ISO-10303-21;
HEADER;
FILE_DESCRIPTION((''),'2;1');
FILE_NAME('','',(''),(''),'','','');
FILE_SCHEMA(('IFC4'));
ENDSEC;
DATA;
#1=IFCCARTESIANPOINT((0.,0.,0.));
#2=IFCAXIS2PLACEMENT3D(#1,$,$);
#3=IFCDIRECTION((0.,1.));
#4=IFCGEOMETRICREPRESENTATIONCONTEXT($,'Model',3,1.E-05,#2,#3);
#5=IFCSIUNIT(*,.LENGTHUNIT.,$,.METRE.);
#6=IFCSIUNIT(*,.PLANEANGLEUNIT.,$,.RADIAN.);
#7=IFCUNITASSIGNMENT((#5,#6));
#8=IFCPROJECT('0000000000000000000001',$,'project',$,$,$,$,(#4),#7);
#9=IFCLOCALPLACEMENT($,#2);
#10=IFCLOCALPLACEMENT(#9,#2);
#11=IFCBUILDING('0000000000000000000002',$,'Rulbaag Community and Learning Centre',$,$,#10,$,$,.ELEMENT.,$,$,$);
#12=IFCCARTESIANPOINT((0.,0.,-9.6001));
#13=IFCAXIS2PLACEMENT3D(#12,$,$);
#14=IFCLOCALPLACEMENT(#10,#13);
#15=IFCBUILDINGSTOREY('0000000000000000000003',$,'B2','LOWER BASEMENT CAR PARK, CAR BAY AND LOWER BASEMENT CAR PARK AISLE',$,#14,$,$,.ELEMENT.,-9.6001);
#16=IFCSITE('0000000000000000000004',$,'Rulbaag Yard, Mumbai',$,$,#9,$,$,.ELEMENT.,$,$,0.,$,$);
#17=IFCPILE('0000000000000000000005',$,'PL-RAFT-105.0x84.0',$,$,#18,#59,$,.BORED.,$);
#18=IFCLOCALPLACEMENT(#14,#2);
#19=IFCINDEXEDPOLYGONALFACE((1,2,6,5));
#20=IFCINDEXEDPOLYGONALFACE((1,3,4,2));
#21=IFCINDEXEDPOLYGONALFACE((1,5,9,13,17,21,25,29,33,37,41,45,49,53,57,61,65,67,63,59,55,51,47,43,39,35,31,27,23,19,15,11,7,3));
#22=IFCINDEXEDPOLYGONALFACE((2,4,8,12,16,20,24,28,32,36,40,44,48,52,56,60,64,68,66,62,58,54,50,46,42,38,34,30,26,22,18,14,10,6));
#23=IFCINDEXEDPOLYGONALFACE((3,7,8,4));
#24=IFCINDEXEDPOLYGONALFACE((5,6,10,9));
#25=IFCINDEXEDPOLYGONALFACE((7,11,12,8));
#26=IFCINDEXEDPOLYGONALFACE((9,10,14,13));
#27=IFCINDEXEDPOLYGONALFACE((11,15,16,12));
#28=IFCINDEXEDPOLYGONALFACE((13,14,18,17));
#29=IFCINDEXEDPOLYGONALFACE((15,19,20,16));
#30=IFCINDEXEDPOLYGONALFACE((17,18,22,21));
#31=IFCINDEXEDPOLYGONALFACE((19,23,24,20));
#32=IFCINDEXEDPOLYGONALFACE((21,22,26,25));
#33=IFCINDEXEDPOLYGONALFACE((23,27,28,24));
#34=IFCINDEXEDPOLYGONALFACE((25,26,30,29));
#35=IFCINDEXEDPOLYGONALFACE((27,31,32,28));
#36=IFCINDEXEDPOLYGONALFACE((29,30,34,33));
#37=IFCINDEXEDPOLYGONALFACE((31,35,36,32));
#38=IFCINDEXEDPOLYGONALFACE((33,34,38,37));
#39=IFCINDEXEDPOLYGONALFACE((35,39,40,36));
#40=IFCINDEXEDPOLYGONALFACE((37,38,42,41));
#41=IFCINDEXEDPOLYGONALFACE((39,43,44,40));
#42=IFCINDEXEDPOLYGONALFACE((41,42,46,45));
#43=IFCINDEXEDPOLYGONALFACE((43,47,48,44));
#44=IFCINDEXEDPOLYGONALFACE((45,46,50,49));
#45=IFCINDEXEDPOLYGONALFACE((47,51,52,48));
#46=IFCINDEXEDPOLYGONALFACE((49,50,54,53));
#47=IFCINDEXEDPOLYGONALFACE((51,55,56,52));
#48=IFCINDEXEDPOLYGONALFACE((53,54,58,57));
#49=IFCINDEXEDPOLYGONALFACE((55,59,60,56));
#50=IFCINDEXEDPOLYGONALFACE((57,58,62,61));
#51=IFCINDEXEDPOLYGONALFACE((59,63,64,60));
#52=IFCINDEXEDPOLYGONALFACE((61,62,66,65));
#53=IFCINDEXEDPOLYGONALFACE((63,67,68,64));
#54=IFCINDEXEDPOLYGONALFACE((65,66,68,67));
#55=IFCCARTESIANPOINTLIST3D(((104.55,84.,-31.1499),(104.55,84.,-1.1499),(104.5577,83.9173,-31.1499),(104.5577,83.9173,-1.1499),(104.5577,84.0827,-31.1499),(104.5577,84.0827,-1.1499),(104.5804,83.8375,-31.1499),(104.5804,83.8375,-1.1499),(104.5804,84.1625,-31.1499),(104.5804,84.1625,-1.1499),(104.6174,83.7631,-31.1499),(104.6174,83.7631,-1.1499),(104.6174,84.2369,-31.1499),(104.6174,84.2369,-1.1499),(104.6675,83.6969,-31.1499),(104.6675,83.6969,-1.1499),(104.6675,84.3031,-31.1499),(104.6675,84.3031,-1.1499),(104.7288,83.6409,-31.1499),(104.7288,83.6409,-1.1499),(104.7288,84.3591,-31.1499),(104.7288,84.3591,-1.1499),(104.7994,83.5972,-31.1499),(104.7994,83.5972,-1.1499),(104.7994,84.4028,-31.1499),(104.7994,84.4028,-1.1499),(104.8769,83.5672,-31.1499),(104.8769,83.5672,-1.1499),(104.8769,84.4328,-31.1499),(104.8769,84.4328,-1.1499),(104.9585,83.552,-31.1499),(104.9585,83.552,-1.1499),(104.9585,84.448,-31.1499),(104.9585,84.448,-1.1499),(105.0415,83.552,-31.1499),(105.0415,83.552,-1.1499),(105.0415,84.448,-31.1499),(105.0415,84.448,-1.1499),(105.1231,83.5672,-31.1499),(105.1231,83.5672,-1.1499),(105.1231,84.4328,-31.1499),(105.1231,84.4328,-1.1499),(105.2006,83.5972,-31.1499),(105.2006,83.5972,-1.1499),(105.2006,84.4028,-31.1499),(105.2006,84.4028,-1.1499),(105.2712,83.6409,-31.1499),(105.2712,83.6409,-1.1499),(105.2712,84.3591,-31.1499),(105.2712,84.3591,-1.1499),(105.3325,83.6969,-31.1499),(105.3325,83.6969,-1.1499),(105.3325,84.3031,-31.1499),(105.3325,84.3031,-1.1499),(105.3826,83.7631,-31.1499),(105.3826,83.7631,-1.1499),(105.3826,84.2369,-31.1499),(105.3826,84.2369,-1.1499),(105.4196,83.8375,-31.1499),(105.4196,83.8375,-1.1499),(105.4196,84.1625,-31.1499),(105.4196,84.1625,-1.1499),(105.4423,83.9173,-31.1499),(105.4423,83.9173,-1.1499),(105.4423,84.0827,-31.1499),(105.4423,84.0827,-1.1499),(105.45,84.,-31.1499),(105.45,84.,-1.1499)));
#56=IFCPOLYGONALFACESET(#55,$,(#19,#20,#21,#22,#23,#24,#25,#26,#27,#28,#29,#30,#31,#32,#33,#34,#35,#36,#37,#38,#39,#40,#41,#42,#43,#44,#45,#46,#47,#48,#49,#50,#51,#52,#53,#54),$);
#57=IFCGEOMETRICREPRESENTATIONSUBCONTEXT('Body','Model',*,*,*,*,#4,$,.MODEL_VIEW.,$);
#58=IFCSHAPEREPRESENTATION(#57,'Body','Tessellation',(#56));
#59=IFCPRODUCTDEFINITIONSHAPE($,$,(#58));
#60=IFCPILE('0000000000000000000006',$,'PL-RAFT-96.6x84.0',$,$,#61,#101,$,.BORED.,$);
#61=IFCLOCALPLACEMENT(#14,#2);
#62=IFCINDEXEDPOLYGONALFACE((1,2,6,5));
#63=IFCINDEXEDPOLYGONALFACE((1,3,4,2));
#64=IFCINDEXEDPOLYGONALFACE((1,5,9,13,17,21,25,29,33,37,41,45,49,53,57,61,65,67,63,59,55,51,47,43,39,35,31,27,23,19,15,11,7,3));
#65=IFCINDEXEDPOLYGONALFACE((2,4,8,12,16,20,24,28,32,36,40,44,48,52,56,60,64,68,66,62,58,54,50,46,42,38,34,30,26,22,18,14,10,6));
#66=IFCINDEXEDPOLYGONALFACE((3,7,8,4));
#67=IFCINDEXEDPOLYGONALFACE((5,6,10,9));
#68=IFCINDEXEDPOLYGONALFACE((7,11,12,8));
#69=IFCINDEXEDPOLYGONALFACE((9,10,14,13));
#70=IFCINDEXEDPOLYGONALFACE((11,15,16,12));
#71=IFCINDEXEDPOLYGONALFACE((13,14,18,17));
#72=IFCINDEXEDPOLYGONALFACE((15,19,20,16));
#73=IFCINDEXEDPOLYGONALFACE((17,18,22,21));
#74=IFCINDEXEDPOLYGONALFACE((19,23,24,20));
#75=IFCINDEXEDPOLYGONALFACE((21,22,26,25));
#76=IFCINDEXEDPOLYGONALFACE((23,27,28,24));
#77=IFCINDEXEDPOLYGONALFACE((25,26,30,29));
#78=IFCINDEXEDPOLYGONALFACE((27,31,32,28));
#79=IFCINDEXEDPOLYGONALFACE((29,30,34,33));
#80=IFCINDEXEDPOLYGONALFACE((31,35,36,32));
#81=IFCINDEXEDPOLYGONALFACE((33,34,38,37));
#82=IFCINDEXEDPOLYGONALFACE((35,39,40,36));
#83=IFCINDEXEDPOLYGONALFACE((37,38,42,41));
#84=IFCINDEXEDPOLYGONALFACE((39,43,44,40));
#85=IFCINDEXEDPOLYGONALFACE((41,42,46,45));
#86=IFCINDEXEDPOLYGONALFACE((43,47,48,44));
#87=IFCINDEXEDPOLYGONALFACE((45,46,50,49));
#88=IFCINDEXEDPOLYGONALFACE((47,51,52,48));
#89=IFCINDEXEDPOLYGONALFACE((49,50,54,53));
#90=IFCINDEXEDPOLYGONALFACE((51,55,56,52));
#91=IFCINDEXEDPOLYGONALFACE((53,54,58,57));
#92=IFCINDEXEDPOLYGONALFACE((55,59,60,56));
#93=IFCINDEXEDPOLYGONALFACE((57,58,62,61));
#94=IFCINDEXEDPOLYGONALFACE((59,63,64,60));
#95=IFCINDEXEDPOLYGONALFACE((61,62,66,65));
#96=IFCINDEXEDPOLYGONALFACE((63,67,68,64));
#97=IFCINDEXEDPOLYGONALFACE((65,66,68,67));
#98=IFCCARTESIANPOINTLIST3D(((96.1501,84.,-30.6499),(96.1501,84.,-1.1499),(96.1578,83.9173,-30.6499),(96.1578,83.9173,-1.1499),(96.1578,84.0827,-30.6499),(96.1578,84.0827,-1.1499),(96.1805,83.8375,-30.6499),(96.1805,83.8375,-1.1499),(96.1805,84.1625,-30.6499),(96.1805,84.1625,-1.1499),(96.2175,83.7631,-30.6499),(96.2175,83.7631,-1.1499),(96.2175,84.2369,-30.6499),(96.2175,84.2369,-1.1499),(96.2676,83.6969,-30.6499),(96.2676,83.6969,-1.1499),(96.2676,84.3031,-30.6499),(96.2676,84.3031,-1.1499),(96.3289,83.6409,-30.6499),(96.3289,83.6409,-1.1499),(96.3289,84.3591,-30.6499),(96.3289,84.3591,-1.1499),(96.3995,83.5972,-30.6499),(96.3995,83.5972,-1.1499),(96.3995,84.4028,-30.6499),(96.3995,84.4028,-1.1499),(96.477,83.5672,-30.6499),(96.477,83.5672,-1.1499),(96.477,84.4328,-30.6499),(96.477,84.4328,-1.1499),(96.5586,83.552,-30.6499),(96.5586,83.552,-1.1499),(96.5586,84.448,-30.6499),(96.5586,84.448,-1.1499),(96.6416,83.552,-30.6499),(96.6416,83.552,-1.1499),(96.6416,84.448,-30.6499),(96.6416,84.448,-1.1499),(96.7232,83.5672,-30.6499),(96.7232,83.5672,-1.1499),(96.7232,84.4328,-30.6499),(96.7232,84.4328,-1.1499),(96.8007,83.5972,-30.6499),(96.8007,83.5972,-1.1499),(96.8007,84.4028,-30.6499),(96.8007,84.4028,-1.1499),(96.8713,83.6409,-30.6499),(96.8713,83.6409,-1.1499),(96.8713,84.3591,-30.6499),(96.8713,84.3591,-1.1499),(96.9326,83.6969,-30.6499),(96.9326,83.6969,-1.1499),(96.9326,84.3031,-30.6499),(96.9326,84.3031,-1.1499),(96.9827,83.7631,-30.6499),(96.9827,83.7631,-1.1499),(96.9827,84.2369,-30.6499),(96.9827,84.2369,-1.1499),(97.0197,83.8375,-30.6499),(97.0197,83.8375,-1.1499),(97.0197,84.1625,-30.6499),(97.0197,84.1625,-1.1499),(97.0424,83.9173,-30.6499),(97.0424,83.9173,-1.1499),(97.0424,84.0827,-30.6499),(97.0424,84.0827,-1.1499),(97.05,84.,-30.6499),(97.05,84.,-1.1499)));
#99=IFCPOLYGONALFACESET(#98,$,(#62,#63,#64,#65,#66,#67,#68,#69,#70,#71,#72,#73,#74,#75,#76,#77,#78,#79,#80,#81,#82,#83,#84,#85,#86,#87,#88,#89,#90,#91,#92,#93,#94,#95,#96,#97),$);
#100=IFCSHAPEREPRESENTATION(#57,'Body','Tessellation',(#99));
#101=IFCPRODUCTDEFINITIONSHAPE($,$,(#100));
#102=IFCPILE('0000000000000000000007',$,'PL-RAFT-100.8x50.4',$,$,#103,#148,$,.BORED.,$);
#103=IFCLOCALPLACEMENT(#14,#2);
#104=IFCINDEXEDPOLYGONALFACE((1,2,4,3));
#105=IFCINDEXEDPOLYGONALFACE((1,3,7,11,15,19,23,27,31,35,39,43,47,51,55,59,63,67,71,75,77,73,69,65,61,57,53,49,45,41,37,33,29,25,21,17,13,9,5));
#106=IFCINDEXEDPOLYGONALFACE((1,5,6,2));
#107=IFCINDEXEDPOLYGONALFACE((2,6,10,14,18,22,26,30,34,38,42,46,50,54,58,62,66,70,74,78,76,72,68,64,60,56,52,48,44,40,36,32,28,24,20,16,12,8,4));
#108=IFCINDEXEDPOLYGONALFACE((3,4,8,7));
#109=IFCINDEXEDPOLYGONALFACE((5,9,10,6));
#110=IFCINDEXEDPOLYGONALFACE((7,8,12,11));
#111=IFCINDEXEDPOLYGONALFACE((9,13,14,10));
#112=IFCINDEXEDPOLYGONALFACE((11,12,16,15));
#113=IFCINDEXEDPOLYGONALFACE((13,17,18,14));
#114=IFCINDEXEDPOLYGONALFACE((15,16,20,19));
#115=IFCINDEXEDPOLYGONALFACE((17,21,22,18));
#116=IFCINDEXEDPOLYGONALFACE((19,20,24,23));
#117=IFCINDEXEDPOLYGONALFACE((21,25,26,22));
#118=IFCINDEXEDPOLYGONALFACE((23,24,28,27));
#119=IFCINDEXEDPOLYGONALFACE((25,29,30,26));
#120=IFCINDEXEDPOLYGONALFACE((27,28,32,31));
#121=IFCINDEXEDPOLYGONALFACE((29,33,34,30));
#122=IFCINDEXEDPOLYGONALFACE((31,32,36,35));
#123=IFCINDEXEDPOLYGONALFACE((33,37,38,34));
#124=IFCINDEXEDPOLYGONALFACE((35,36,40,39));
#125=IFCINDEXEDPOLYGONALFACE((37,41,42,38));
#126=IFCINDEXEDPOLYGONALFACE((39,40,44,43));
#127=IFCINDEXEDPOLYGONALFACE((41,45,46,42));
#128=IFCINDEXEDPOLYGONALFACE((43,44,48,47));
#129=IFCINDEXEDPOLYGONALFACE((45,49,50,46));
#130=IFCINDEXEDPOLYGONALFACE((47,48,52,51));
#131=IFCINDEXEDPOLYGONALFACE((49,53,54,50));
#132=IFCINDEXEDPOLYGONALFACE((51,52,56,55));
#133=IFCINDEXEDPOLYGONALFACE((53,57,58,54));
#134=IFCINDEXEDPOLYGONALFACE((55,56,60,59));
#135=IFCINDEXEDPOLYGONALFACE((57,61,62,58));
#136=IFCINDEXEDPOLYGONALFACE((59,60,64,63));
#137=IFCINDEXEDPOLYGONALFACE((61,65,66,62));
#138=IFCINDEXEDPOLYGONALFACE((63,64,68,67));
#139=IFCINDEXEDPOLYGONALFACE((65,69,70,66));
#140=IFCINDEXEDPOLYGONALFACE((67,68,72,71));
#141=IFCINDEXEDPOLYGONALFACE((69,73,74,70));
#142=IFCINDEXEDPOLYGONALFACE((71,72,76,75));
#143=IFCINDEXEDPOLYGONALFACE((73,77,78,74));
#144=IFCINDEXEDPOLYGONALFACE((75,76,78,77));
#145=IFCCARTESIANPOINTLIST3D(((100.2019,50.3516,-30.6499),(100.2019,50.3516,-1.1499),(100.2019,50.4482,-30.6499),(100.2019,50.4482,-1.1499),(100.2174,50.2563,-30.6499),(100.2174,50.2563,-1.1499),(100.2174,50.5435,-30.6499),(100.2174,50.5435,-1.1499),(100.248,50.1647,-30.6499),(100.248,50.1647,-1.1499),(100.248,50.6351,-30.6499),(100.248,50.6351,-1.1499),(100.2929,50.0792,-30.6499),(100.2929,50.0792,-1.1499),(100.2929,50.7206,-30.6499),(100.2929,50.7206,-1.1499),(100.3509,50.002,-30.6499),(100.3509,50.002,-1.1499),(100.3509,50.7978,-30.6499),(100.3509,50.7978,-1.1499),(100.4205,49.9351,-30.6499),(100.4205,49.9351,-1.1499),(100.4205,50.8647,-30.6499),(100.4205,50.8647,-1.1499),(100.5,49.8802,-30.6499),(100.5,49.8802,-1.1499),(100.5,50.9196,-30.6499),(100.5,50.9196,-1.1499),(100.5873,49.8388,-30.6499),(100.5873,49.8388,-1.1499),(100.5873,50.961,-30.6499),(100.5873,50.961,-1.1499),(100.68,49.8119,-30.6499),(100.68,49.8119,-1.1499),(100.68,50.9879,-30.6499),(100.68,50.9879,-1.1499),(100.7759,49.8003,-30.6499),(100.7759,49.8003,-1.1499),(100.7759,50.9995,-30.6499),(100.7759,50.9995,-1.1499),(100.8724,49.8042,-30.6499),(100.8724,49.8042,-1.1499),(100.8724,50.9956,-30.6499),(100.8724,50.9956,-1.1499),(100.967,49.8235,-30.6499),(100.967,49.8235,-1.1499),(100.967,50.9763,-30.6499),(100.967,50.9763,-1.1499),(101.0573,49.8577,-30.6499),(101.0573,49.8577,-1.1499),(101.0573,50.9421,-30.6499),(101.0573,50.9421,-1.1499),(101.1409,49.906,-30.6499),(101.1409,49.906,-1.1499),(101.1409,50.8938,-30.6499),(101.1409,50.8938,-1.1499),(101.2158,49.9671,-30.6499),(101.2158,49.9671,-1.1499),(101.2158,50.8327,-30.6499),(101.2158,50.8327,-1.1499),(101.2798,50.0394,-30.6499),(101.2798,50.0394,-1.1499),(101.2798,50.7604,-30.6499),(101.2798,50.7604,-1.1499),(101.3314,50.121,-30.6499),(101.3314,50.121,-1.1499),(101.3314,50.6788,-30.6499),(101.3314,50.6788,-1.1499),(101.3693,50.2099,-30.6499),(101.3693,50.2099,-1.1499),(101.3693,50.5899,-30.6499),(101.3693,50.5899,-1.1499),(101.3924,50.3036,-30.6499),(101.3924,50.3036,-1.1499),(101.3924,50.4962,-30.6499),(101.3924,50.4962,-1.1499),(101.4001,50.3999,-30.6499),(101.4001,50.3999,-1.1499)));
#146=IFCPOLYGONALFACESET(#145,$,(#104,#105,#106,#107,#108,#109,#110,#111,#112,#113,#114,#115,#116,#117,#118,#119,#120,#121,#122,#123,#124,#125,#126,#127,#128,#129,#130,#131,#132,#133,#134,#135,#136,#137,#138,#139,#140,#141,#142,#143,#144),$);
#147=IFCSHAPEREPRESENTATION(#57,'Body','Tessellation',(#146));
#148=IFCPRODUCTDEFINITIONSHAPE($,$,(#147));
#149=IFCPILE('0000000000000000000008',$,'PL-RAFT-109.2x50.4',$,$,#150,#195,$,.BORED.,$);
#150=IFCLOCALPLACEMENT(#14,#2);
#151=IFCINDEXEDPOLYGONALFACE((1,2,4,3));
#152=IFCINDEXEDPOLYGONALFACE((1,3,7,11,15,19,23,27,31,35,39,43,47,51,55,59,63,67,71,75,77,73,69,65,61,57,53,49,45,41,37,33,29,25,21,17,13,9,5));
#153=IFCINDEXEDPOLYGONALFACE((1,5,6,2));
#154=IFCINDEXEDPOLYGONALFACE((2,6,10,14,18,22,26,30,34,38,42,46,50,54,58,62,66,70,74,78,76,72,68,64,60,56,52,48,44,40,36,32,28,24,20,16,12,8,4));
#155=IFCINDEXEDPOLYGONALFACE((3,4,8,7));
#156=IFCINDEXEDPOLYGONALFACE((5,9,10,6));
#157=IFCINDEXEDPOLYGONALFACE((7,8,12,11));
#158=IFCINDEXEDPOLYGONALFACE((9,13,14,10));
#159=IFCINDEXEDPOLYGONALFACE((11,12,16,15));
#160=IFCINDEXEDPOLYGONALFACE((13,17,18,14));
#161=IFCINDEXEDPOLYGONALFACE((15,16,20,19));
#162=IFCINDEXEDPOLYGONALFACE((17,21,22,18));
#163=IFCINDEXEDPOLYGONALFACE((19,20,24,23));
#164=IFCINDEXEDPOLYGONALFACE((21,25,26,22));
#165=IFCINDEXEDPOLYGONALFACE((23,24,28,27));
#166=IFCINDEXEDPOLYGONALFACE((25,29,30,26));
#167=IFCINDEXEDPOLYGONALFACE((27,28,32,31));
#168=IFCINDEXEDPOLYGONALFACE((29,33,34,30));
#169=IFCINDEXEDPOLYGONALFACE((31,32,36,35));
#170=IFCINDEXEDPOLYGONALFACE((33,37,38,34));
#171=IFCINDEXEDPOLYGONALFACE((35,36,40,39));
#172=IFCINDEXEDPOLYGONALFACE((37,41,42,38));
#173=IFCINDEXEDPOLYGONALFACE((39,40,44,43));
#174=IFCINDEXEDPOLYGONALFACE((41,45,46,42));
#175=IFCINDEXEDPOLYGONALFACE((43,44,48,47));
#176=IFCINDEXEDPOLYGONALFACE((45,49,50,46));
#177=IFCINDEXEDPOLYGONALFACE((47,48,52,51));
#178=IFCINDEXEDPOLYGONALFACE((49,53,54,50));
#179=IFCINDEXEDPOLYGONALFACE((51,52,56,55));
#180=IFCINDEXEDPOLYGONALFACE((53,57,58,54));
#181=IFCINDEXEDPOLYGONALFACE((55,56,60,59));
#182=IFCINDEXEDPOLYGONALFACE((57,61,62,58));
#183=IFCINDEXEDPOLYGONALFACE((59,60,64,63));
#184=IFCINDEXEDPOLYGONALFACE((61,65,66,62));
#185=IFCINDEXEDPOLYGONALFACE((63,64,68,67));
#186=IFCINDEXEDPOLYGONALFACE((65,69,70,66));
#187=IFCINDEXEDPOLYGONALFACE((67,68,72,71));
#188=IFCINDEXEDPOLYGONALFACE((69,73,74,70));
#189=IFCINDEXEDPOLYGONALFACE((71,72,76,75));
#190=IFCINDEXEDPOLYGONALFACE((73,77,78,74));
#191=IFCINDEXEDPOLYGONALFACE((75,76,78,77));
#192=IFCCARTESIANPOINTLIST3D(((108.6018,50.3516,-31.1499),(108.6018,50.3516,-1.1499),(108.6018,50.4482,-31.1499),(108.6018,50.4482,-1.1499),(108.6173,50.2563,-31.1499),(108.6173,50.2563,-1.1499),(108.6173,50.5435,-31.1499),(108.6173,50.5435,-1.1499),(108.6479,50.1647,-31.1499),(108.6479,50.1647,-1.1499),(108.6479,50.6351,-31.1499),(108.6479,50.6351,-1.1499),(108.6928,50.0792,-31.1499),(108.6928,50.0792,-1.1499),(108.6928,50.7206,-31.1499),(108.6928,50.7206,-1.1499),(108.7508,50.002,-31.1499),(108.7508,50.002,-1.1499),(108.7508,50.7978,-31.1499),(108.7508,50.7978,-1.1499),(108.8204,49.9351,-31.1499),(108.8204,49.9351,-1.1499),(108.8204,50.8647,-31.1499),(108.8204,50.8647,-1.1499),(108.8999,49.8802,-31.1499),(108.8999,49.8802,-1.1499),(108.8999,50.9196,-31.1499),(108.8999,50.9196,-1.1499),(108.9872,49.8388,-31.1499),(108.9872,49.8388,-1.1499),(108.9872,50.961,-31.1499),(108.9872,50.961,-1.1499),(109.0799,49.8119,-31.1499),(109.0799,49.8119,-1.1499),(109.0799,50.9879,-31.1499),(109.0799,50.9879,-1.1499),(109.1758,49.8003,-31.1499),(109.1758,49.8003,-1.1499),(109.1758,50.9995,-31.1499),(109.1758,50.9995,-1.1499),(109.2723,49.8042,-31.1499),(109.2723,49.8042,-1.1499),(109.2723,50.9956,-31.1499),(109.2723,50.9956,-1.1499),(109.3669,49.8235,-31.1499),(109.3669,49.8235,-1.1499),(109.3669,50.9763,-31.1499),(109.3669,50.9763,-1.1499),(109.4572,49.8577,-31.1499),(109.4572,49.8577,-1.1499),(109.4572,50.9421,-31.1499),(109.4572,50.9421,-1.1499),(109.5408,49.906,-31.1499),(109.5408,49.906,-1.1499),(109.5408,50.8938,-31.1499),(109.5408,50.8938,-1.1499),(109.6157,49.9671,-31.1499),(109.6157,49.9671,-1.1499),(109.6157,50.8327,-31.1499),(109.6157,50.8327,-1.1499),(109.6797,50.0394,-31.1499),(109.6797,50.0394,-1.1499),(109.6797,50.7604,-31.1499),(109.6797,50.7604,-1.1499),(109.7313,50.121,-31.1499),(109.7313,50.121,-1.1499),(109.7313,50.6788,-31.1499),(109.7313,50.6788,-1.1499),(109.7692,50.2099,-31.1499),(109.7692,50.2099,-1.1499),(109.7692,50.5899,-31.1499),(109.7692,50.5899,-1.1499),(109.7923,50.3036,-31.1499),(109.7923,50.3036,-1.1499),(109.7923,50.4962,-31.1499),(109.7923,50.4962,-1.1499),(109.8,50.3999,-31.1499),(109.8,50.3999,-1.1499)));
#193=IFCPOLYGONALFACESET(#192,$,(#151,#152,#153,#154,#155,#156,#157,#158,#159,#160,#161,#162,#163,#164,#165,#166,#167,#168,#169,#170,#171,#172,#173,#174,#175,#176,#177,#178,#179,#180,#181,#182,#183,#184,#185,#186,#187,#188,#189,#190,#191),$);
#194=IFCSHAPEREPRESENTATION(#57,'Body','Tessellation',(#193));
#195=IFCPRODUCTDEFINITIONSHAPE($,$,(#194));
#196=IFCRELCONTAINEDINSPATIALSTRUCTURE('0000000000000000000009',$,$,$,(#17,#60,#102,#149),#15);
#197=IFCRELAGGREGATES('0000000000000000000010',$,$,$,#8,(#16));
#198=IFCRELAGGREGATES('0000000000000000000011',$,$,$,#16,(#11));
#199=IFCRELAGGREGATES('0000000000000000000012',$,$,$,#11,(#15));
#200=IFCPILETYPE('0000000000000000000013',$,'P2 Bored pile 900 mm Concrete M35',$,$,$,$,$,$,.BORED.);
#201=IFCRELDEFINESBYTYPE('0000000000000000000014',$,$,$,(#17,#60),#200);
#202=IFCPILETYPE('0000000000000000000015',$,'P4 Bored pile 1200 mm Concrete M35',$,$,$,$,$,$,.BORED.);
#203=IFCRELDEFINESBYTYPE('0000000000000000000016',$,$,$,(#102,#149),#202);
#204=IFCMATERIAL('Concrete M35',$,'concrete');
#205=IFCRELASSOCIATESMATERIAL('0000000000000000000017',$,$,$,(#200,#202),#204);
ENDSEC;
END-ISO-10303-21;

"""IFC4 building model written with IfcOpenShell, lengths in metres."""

from ifc_helpers import new_model, si_unit, direction, frame, origin, origin_2d, place, context, subcontext, project, spatial, circle, extrude, material, material_profile, profile_set, type_object, element, save


model = new_model("IFC4")

# Units and contexts
model_context = context("Model", 3, precision=1e-05, world=origin(), true_north=direction((0.0, 1.0)))
body_context = subcontext(model_context, "Body", "Model", "MODEL_VIEW")
ifc_project = project(units=[si_unit("LENGTHUNIT", "METRE"), si_unit("PLANEANGLEUNIT", "RADIAN")], contexts=[model_context])

# Site, building, storey
site_placement = place(None, origin())
site = spatial("IfcSite", under=ifc_project, at=site_placement, Name="Rulbaag Yard, Mumbai", CompositionType="ELEMENT", RefElevation=0.0)
building_placement = place(site_placement, origin())
building = spatial("IfcBuilding", under=site, at=building_placement, Name="Rulbaag Community and Learning Centre", CompositionType="ELEMENT")
storey_placement = place(building_placement, frame((0.0, 0.0, -9.6001)))
storey = spatial("IfcBuildingStorey", under=building, at=storey_placement, Name="B2", Description="LOWER BASEMENT CAR PARK, CAR BAY AND LOWER BASEMENT CAR PARK AISLE", CompositionType="ELEMENT", Elevation=-9.6001)

# Piles
ifc_material_1 = material(Name="Concrete M35", Category="concrete")
ifc_material_profile_1 = material_profile(ifc_material_1, circle(Radius=0.45, at=origin_2d()), Name="BP900")
ifc_profile_set_1 = profile_set([ifc_material_profile_1], Name="Concrete M35")
pile_type_1 = type_object("IfcPileType", Name="P2 Bored pile 900 mm Concrete M35", PredefinedType="BORED", material=ifc_profile_set_1)
for number, where, z_axis, x_axis, name in (
    (1, (105.0, 84.0, -1.1499), (0.0, 0.0, -1.0), (1.0, 0.0, 0.0), "PL-RAFT-105.0x84.0"),
):
    element("IfcPile", number, at=place(storey_placement, frame(where, z_axis=z_axis, x_axis=x_axis)), inside=storey, type_object=pile_type_1, Name=name, PredefinedType="BORED", context=body_context, shape_type="SweptSolid", body=[
        extrude(circle(Radius=0.45, at=origin_2d()), origin(), (0.0, 0.0, 1.0), 30.0),
    ])
pile_1_placement = place(storey_placement, frame((96.6001, 84.0, -1.1499), z_axis=(0.0, 0.0, -1.0), x_axis=(1.0, 0.0, 0.0)))
element("IfcPile", 2, at=pile_1_placement, inside=storey, type_object=pile_type_1, Name="PL-RAFT-96.6x84.0", PredefinedType="BORED", context=body_context, shape_type="SweptSolid", body=[
    extrude(circle(Radius=0.45, at=origin_2d()), origin(), (0.0, 0.0, 1.0), 29.5),
])
ifc_material_profile_2 = material_profile(ifc_material_1, circle(Radius=0.6001, at=origin_2d()), Name="BP1200")
ifc_profile_set_2 = profile_set([ifc_material_profile_2], Name="Concrete M35")
pile_type_2 = type_object("IfcPileType", Name="P4 Bored pile 1200 mm Concrete M35", PredefinedType="BORED", material=ifc_profile_set_2)
pile_2_placement = place(storey_placement, frame((100.8, 50.3999, -1.1499), z_axis=(0.0, 0.0, -1.0), x_axis=(1.0, 0.0, 0.0)))
element("IfcPile", 3, at=pile_2_placement, inside=storey, type_object=pile_type_2, Name="PL-RAFT-100.8x50.4", PredefinedType="BORED", context=body_context, shape_type="SweptSolid", body=[
    extrude(circle(Radius=0.6001, at=origin_2d()), origin(), (0.0, 0.0, 1.0), 29.5),
])
pile_3_placement = place(storey_placement, frame((109.2, 50.3999, -1.1499), z_axis=(0.0, 0.0, -1.0), x_axis=(1.0, 0.0, 0.0)))
element("IfcPile", 4, at=pile_3_placement, inside=storey, type_object=pile_type_2, Name="PL-RAFT-109.2x50.4", PredefinedType="BORED", context=body_context, shape_type="SweptSolid", body=[
    extrude(circle(Radius=0.6001, at=origin_2d()), origin(), (0.0, 0.0, 1.0), 30.0),
])

save(model, "model.ifc")
